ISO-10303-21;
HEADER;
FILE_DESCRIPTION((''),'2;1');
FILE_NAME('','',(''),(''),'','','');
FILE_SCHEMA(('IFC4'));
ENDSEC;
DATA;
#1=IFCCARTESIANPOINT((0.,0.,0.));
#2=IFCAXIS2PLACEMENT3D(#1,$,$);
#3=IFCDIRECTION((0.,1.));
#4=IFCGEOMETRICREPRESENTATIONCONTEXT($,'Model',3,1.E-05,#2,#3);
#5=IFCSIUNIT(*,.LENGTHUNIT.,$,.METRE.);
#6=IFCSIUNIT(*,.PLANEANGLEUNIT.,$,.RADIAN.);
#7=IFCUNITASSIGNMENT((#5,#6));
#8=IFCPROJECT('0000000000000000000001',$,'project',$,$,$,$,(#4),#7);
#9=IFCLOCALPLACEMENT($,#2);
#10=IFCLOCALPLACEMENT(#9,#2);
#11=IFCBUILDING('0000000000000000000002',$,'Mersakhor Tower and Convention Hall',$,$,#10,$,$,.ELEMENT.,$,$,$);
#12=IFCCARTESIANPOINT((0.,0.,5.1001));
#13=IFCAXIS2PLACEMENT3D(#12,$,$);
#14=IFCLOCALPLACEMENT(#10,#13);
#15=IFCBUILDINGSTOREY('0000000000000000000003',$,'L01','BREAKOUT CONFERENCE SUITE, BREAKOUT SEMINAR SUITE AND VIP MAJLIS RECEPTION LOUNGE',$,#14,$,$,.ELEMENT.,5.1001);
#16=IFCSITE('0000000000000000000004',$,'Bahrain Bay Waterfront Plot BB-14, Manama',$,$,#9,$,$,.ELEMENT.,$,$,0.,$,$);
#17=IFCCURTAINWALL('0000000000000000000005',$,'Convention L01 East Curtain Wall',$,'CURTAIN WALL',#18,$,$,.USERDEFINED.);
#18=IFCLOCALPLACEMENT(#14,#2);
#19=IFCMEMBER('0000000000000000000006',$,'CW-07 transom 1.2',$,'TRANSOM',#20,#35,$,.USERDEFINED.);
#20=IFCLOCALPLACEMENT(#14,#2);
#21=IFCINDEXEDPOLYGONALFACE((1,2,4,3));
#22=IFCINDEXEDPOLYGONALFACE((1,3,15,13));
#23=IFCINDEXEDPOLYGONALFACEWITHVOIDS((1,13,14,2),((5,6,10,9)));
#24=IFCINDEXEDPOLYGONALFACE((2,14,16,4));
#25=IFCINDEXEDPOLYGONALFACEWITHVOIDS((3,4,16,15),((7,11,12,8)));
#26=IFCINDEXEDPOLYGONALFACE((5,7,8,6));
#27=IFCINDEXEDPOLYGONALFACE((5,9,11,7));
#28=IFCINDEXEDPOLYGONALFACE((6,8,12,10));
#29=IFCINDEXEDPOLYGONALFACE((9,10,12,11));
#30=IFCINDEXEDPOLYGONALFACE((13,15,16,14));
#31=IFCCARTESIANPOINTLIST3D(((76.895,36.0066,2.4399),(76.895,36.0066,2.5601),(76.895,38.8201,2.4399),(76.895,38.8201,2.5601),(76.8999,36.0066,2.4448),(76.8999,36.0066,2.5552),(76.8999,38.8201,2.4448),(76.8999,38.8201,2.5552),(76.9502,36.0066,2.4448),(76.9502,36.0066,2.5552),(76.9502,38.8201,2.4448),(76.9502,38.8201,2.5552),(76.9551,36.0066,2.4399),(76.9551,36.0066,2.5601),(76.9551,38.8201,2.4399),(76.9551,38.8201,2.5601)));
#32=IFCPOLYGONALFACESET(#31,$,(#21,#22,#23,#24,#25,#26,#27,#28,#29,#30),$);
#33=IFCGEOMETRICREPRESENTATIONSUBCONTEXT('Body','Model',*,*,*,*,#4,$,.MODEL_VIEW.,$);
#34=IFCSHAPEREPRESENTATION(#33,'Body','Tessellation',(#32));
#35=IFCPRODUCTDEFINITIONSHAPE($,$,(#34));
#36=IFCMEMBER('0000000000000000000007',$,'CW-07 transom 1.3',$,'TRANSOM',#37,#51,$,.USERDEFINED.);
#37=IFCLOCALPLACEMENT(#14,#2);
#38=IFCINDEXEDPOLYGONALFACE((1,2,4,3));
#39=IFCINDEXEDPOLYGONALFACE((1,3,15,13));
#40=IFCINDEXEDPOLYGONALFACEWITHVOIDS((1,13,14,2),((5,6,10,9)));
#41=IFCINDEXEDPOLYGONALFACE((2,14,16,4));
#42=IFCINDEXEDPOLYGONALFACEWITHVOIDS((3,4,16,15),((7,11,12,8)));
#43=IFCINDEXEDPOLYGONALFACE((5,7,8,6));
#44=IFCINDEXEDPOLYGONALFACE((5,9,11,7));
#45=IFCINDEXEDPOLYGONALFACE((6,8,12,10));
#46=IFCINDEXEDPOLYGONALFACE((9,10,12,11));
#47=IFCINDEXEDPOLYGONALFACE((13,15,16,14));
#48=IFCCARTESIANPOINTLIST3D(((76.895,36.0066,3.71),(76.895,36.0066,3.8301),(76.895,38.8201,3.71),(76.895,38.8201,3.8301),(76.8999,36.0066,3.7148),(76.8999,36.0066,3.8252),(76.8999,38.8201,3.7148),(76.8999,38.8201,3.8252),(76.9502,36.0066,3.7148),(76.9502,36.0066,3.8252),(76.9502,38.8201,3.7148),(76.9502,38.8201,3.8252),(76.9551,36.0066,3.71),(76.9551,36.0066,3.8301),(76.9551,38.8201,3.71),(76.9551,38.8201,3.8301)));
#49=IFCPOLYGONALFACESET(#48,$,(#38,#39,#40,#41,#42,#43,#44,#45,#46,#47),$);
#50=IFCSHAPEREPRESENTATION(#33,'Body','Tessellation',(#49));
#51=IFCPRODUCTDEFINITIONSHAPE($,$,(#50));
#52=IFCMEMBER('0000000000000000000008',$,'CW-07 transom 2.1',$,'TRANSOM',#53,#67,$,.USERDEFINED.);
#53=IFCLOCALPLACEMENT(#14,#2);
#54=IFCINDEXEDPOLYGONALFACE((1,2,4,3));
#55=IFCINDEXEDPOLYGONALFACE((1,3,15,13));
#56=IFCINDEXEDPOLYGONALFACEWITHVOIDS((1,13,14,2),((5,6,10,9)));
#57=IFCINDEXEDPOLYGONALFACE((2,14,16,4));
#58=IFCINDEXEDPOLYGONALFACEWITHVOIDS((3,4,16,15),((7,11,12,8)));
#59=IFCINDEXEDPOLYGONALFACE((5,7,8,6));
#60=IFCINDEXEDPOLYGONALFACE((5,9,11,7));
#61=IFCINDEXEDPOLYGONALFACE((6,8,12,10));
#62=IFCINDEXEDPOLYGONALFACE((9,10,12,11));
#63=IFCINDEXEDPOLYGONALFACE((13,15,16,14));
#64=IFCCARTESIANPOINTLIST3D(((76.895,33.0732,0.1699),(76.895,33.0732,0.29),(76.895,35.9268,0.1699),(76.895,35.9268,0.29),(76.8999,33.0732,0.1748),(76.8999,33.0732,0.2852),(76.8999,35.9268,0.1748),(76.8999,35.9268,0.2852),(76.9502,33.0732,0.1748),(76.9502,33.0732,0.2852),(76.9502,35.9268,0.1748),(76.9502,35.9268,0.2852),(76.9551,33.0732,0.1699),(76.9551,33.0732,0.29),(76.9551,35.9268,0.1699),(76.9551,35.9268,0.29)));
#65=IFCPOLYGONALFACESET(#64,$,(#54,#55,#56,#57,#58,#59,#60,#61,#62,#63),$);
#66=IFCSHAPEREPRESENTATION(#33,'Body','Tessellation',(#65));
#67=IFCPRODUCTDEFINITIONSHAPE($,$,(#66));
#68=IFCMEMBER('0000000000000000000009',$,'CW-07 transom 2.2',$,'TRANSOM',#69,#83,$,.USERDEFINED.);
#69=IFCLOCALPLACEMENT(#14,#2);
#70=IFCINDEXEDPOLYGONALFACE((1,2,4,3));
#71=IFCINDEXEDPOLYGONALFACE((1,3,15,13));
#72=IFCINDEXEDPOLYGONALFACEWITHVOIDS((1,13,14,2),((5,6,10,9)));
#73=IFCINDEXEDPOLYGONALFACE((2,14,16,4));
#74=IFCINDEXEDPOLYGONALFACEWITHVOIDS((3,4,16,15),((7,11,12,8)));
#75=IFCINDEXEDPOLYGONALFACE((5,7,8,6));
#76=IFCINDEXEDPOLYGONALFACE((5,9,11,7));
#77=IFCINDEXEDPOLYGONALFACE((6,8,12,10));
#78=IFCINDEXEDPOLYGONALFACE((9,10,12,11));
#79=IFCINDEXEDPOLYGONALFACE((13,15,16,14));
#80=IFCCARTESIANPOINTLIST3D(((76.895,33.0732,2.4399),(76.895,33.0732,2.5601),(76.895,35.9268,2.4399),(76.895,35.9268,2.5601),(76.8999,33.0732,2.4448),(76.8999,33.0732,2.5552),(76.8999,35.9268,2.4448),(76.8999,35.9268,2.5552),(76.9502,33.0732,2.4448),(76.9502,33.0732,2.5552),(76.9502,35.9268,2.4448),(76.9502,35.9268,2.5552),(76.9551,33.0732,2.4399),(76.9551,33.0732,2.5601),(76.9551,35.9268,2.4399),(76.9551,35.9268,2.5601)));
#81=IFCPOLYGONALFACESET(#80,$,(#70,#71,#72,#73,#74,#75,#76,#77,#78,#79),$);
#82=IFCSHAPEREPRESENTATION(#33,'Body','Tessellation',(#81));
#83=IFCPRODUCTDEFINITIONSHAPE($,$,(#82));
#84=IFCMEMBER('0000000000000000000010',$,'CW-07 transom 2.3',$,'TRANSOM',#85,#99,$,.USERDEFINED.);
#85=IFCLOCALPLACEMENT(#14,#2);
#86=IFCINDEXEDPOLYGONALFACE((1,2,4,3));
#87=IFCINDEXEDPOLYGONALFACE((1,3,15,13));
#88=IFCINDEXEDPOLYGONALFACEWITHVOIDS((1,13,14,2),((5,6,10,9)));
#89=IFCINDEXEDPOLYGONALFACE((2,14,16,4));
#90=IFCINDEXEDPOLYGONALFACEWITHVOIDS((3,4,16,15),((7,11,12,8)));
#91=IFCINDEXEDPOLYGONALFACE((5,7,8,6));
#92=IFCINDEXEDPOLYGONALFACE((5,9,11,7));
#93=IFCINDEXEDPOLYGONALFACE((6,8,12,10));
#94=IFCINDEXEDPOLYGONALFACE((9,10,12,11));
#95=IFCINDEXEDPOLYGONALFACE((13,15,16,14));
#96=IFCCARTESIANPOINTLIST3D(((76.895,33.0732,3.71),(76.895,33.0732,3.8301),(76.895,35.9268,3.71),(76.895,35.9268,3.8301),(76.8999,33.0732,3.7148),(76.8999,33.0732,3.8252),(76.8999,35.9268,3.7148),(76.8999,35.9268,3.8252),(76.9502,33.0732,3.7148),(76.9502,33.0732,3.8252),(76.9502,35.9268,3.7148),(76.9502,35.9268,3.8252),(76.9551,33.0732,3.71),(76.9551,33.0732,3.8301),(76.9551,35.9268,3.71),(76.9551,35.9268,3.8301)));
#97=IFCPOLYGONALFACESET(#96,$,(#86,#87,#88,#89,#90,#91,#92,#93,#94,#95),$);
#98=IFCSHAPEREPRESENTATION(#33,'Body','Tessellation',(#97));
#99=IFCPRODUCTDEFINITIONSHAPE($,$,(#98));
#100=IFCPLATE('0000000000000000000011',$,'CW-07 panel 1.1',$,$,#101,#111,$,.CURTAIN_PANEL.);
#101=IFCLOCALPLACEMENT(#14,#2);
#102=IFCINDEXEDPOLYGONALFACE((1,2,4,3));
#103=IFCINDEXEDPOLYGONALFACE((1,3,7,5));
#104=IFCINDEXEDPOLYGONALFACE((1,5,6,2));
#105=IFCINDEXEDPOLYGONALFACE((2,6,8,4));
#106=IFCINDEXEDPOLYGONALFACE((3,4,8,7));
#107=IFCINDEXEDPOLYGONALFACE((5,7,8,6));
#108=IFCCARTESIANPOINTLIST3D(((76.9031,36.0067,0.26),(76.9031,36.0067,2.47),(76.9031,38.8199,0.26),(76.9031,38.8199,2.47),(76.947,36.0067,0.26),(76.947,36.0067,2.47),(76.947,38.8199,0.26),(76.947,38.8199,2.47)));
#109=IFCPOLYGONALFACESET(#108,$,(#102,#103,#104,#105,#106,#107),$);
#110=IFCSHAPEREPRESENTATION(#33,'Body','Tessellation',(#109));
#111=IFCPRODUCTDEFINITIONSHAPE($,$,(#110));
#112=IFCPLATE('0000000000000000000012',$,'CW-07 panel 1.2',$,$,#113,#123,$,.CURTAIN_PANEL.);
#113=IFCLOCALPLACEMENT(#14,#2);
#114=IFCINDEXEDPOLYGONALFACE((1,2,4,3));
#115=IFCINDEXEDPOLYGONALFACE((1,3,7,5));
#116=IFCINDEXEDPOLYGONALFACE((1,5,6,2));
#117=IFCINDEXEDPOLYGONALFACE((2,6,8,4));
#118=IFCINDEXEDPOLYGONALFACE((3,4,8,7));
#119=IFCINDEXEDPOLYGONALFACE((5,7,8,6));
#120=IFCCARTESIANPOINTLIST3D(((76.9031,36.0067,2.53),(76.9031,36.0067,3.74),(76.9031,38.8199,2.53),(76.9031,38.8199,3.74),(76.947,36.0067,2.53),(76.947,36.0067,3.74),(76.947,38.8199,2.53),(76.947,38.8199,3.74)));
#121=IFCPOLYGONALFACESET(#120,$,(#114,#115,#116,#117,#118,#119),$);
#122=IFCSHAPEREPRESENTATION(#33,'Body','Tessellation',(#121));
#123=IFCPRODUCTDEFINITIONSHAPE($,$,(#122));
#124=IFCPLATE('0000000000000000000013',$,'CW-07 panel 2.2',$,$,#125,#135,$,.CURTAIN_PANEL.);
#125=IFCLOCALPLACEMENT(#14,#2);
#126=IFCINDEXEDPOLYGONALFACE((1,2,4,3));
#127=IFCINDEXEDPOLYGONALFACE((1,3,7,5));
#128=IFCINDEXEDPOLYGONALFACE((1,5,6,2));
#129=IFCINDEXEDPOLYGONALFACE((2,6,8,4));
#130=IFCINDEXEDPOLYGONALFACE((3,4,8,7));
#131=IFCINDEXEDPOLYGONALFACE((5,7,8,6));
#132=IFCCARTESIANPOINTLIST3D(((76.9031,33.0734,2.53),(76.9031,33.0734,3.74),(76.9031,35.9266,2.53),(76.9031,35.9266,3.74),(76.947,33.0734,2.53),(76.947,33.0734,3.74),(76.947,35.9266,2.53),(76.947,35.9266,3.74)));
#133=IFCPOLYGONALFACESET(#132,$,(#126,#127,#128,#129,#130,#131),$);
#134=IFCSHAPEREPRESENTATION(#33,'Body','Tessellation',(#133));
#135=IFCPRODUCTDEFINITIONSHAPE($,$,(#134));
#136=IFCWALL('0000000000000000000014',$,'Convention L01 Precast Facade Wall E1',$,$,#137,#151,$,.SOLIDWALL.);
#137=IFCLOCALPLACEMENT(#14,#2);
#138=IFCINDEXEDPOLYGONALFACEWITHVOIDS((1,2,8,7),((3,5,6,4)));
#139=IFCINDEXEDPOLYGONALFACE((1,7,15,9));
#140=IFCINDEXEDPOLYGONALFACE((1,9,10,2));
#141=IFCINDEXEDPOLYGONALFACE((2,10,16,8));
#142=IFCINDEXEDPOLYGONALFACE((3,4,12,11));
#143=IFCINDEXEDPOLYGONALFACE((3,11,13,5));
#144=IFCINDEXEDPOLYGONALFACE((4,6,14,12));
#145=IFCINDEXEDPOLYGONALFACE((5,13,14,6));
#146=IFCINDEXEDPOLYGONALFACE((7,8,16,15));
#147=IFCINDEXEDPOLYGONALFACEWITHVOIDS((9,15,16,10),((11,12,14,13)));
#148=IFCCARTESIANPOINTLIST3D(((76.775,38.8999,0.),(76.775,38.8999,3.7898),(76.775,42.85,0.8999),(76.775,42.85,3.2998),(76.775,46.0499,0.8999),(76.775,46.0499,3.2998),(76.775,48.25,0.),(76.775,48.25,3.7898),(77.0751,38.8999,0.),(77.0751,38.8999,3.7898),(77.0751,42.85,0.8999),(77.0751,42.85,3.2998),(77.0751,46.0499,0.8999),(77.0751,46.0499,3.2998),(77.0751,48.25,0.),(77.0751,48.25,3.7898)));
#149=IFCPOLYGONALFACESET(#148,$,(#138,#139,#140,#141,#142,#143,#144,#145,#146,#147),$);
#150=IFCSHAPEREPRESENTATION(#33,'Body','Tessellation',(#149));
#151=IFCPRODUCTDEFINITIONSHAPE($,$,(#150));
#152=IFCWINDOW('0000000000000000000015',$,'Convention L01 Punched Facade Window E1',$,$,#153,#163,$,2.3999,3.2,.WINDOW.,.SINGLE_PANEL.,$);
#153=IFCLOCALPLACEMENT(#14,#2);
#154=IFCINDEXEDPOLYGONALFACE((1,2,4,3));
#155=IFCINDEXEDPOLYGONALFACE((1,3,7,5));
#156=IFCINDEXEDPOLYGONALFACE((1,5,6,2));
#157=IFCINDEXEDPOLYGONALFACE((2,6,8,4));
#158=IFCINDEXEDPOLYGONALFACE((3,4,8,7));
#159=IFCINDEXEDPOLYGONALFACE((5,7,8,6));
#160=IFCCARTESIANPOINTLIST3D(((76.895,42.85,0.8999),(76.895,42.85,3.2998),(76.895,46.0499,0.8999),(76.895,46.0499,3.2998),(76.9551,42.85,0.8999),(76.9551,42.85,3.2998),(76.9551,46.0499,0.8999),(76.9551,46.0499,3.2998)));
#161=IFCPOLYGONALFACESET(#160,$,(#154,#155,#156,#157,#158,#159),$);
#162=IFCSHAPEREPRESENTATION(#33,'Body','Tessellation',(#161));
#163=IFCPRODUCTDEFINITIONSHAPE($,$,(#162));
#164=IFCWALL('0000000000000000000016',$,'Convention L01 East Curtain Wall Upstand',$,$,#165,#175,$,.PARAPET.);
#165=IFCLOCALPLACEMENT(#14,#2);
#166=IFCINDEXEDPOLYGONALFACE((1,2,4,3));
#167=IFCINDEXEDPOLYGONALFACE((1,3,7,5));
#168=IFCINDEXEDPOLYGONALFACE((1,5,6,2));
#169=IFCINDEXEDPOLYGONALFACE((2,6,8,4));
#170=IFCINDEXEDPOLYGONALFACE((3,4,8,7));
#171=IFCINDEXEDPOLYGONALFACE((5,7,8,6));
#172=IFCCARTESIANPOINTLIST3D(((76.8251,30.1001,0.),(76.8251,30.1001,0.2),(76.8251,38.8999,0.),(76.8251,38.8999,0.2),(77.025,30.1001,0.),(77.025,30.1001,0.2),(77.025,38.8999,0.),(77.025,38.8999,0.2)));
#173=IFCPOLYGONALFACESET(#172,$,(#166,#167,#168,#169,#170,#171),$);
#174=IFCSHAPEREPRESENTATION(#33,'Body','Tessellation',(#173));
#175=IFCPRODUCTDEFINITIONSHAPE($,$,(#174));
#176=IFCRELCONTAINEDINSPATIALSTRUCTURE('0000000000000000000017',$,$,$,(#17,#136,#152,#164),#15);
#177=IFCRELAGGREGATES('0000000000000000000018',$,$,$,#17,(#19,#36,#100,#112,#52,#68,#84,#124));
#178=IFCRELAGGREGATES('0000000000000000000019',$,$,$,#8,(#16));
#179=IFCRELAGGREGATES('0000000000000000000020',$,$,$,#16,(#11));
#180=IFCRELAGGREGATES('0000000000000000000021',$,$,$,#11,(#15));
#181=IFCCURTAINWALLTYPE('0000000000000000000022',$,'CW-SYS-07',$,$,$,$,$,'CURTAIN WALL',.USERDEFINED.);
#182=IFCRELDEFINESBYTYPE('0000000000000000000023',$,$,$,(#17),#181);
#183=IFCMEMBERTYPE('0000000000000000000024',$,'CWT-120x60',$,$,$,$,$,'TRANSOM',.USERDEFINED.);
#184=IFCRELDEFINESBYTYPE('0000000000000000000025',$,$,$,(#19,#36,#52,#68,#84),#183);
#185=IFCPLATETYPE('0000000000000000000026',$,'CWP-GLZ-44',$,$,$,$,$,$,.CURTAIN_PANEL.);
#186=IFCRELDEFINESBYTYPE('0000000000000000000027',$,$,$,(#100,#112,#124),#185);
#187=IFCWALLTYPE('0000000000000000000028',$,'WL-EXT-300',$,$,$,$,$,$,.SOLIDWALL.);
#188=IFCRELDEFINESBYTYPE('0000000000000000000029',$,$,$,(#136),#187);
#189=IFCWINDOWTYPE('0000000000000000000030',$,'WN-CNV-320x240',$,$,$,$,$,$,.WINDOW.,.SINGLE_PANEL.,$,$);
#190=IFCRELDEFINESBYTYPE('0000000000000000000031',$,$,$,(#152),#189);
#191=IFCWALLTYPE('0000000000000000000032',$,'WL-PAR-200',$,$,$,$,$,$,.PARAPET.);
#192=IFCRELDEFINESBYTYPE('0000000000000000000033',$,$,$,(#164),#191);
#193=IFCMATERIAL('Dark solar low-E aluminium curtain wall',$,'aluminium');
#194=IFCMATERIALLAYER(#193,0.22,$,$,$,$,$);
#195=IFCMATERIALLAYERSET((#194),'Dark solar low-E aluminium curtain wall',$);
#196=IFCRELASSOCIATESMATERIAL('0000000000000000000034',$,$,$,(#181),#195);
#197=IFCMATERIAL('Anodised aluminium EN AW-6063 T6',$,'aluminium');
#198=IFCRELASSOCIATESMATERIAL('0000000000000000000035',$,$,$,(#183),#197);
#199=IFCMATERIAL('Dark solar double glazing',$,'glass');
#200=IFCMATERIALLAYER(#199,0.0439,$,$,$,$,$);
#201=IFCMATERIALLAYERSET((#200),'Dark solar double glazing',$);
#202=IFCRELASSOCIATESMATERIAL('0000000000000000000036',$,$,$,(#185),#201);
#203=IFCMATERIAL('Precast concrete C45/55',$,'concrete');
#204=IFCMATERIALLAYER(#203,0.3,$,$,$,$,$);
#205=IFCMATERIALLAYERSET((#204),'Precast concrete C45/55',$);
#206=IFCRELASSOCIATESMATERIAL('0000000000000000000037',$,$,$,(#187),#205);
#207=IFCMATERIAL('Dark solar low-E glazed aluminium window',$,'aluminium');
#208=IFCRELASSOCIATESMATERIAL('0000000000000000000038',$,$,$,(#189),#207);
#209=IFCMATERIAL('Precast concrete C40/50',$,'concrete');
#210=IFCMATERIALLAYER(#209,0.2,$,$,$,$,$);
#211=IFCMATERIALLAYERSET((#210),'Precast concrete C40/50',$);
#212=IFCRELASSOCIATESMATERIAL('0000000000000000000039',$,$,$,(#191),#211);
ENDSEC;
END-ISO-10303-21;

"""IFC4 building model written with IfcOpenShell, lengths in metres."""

from ifc_helpers import new_model, si_unit, direction, frame, frame_2d, origin, origin_2d, place, context, subcontext, project, spatial, rectangle, hollow_rectangle, extrude, material, layer, layer_set, material_profile, profile_set, type_object, element, fill, aggregate, save


model = new_model("IFC4")

# Units and contexts
model_context = context("Model", 3, precision=1e-05, world=origin(), true_north=direction((0.0, 1.0)))
body_context = subcontext(model_context, "Body", "Model", "MODEL_VIEW")
ifc_project = project(units=[si_unit("LENGTHUNIT", "METRE"), si_unit("PLANEANGLEUNIT", "RADIAN")], contexts=[model_context])

# Site, building, storey
site_placement = place(None, origin())
site = spatial("IfcSite", under=ifc_project, at=site_placement, Name="Bahrain Bay Waterfront Plot BB-14, Manama", CompositionType="ELEMENT", RefElevation=0.0)
building_placement = place(site_placement, origin())
building = spatial("IfcBuilding", under=site, at=building_placement, Name="Mersakhor Tower and Convention Hall", CompositionType="ELEMENT")
storey_placement = place(building_placement, frame((0.0, 0.0, 5.1001)))
storey = spatial("IfcBuildingStorey", under=building, at=storey_placement, Name="L01", Description="BREAKOUT CONFERENCE SUITE, BREAKOUT SEMINAR SUITE AND VIP MAJLIS RECEPTION LOUNGE", CompositionType="ELEMENT", Elevation=5.1001)

# Curtain wall, members, plates
ifc_material_1 = material(Name="Dark solar low-E aluminium curtain wall", Category="aluminium")
ifc_layer_1 = layer(ifc_material_1, 0.22)
ifc_layer_set_1 = layer_set([ifc_layer_1], Name="Dark solar low-E aluminium curtain wall")
curtain_wall_type = type_object("IfcCurtainWallType", Name="CW-SYS-07", ElementType="CURTAIN WALL", PredefinedType="USERDEFINED", material=ifc_layer_set_1)
curtain_wall_placement = place(storey_placement, origin())
curtain_wall = element("IfcCurtainWall", 1, at=curtain_wall_placement, inside=storey, type_object=curtain_wall_type, Name="Convention L01 East Curtain Wall", ObjectType="CURTAIN WALL", PredefinedType="USERDEFINED")
ifc_material_2 = material(Name="Anodised aluminium EN AW-6063 T6", Category="aluminium")
ifc_material_profile_1 = material_profile(ifc_material_2, hollow_rectangle(XDim=0.0601, YDim=0.1201, WallThickness=0.0049, at=origin_2d()), Name="RHS 120x60x5")
ifc_profile_set_1 = profile_set([ifc_material_profile_1], Name="Anodised aluminium EN AW-6063 T6")
member_type_1 = type_object("IfcMemberType", Name="CWT-120x60", ElementType="TRANSOM", PredefinedType="USERDEFINED", material=ifc_profile_set_1)
member_1_placement = place(storey_placement, frame((76.925, 38.8201, 2.5), z_axis=(0.0, -1.0, 0.0), x_axis=(1.0, 0.0, 0.0)))
member_1 = element("IfcMember", 2, at=member_1_placement, type_object=member_type_1, Name="CW-07 transom 1.2", ObjectType="TRANSOM", PredefinedType="USERDEFINED", context=body_context, shape_type="SweptSolid", body=[
    extrude(hollow_rectangle(XDim=0.0601, YDim=0.1201, WallThickness=0.0049, at=origin_2d()), origin(), (0.0, 0.0, 1.0), 2.8135),
])
member_2_placement = place(storey_placement, frame((76.925, 38.8201, 3.77), z_axis=(0.0, -1.0, 0.0), x_axis=(1.0, 0.0, 0.0)))
member_2 = element("IfcMember", 3, at=member_2_placement, type_object=member_type_1, Name="CW-07 transom 1.3", ObjectType="TRANSOM", PredefinedType="USERDEFINED", context=body_context, shape_type="SweptSolid", body=[
    extrude(hollow_rectangle(XDim=0.0601, YDim=0.1201, WallThickness=0.0049, at=origin_2d()), origin(), (0.0, 0.0, 1.0), 2.8135),
])
member_3_placement = place(storey_placement, frame((76.925, 35.9268, 0.23), z_axis=(0.0, -1.0, 0.0), x_axis=(1.0, 0.0, 0.0)))
member_3 = element("IfcMember", 4, at=member_3_placement, type_object=member_type_1, Name="CW-07 transom 2.1", ObjectType="TRANSOM", PredefinedType="USERDEFINED", context=body_context, shape_type="SweptSolid", body=[
    extrude(hollow_rectangle(XDim=0.0601, YDim=0.1201, WallThickness=0.0049, at=origin_2d()), origin(), (0.0, 0.0, 1.0), 2.8535),
])
member_4_placement = place(storey_placement, frame((76.925, 35.9268, 2.5), z_axis=(0.0, -1.0, 0.0), x_axis=(1.0, 0.0, 0.0)))
member_4 = element("IfcMember", 5, at=member_4_placement, type_object=member_type_1, Name="CW-07 transom 2.2", ObjectType="TRANSOM", PredefinedType="USERDEFINED", context=body_context, shape_type="SweptSolid", body=[
    extrude(hollow_rectangle(XDim=0.0601, YDim=0.1201, WallThickness=0.0049, at=origin_2d()), origin(), (0.0, 0.0, 1.0), 2.8535),
])
member_5_placement = place(storey_placement, frame((76.925, 35.9268, 3.77), z_axis=(0.0, -1.0, 0.0), x_axis=(1.0, 0.0, 0.0)))
member_5 = element("IfcMember", 6, at=member_5_placement, type_object=member_type_1, Name="CW-07 transom 2.3", ObjectType="TRANSOM", PredefinedType="USERDEFINED", context=body_context, shape_type="SweptSolid", body=[
    extrude(hollow_rectangle(XDim=0.0601, YDim=0.1201, WallThickness=0.0049, at=origin_2d()), origin(), (0.0, 0.0, 1.0), 2.8535),
])
ifc_material_3 = material(Name="Dark solar double glazing", Category="glass")
ifc_layer_2 = layer(ifc_material_3, 0.0439)
ifc_layer_set_2 = layer_set([ifc_layer_2], Name="Dark solar double glazing")
plate_type = type_object("IfcPlateType", Name="CWP-GLZ-44", PredefinedType="CURTAIN_PANEL", material=ifc_layer_set_2)
plate_1_placement = place(storey_placement, frame((76.925, 37.4133, 0.26), z_axis=(0.0, 0.0, 1.0), x_axis=(0.0, -1.0, 0.0)))
plate_1 = element("IfcPlate", 7, at=plate_1_placement, type_object=plate_type, Name="CW-07 panel 1.1", PredefinedType="CURTAIN_PANEL", context=body_context, shape_type="SweptSolid", body=[
    extrude(rectangle(XDim=2.8132, YDim=0.0439, at=origin_2d()), origin(), (0.0, 0.0, 1.0), 2.21),
])
plate_2_placement = place(storey_placement, frame((76.925, 37.4133, 2.53), z_axis=(0.0, 0.0, 1.0), x_axis=(0.0, -1.0, 0.0)))
plate_2 = element("IfcPlate", 8, at=plate_2_placement, type_object=plate_type, Name="CW-07 panel 1.2", PredefinedType="CURTAIN_PANEL", context=body_context, shape_type="SweptSolid", body=[
    extrude(rectangle(XDim=2.8132, YDim=0.0439, at=origin_2d()), origin(), (0.0, 0.0, 1.0), 1.21),
])
plate_3_placement = place(storey_placement, frame((76.925, 34.5, 2.53), z_axis=(0.0, 0.0, 1.0), x_axis=(0.0, -1.0, 0.0)))
plate_3 = element("IfcPlate", 9, at=plate_3_placement, type_object=plate_type, Name="CW-07 panel 2.2", PredefinedType="CURTAIN_PANEL", context=body_context, shape_type="SweptSolid", body=[
    extrude(rectangle(XDim=2.8533, YDim=0.0439, at=origin_2d()), origin(), (0.0, 0.0, 1.0), 1.21),
])
aggregate(curtain_wall, [member_1, member_2, plate_1, plate_2, member_3, member_4, member_5, plate_3])

# Wall, opening, window
ifc_material_4 = material(Name="Precast concrete C45/55", Category="concrete")
ifc_layer_3 = layer(ifc_material_4, 0.3)
ifc_layer_set_3 = layer_set([ifc_layer_3], Name="Precast concrete C45/55")
wall_type_1 = type_object("IfcWallType", Name="WL-EXT-300", PredefinedType="SOLIDWALL", material=ifc_layer_set_3)
wall_1_placement = place(storey_placement, frame((76.925, 48.25, 0.0), z_axis=(0.0, 0.0, 1.0), x_axis=(0.0, -1.0, 0.0)))
wall_1 = element("IfcWall", 10, at=wall_1_placement, inside=storey, type_object=wall_type_1, Name="Convention L01 Precast Facade Wall E1", PredefinedType="SOLIDWALL", context=body_context, shape_type="SweptSolid", body=[
    extrude(rectangle(XDim=9.3501, YDim=0.3, at=frame_2d((4.675, 0.0))), origin(), (0.0, 0.0, 1.0), 3.7898),
])
opening_1_placement = place(wall_1_placement, frame((2.2, 0.0, 0.8999)))
opening_1 = element("IfcOpeningElement", 11, at=opening_1_placement, cuts=wall_1, PredefinedType="OPENING", context=body_context, shape_type="SweptSolid", body=[
    extrude(rectangle(XDim=3.2, YDim=2.3999, at=frame_2d((1.6001, 1.2))), frame((0.0, 0.1599, 0.0), z_axis=(0.0, -1.0, 0.0), x_axis=(1.0, 0.0, 0.0)), (0.0, 0.0, 1.0), 0.3201),
])
ifc_material_5 = material(Name="Dark solar low-E glazed aluminium window", Category="aluminium")
window_type = type_object("IfcWindowType", Name="WN-CNV-320x240", PartitioningType="SINGLE_PANEL", PredefinedType="WINDOW", material=ifc_material_5)
window_placement = place(opening_1_placement, origin())
window = element("IfcWindow", 12, at=window_placement, inside=storey, type_object=window_type, Name="Convention L01 Punched Facade Window E1", OverallHeight=2.3999, OverallWidth=3.2, PartitioningType="SINGLE_PANEL", PredefinedType="WINDOW", context=body_context, shape_type="SweptSolid", body=[
    extrude(rectangle(XDim=3.2, YDim=2.3999, at=frame_2d((1.6001, 1.2))), frame((0.0, 0.03, 0.0), z_axis=(0.0, -1.0, 0.0), x_axis=(1.0, 0.0, 0.0)), (0.0, 0.0, 1.0), 0.0601),
])
fill(opening_1, window)

# Wall
ifc_material_6 = material(Name="Precast concrete C40/50", Category="concrete")
ifc_layer_4 = layer(ifc_material_6, 0.2)
ifc_layer_set_4 = layer_set([ifc_layer_4], Name="Precast concrete C40/50")
wall_type_2 = type_object("IfcWallType", Name="WL-PAR-200", PredefinedType="PARAPET", material=ifc_layer_set_4)
wall_2_placement = place(storey_placement, frame((76.925, 38.8999, 0.0), z_axis=(0.0, 0.0, 1.0), x_axis=(0.0, -1.0, 0.0)))
element("IfcWall", 13, at=wall_2_placement, inside=storey, type_object=wall_type_2, Name="Convention L01 East Curtain Wall Upstand", PredefinedType="PARAPET", context=body_context, shape_type="SweptSolid", body=[
    extrude(rectangle(XDim=8.7998, YDim=0.2, at=frame_2d((4.3999, 0.0))), origin(), (0.0, 0.0, 1.0), 0.2),
])

save(model, "model.ifc")
